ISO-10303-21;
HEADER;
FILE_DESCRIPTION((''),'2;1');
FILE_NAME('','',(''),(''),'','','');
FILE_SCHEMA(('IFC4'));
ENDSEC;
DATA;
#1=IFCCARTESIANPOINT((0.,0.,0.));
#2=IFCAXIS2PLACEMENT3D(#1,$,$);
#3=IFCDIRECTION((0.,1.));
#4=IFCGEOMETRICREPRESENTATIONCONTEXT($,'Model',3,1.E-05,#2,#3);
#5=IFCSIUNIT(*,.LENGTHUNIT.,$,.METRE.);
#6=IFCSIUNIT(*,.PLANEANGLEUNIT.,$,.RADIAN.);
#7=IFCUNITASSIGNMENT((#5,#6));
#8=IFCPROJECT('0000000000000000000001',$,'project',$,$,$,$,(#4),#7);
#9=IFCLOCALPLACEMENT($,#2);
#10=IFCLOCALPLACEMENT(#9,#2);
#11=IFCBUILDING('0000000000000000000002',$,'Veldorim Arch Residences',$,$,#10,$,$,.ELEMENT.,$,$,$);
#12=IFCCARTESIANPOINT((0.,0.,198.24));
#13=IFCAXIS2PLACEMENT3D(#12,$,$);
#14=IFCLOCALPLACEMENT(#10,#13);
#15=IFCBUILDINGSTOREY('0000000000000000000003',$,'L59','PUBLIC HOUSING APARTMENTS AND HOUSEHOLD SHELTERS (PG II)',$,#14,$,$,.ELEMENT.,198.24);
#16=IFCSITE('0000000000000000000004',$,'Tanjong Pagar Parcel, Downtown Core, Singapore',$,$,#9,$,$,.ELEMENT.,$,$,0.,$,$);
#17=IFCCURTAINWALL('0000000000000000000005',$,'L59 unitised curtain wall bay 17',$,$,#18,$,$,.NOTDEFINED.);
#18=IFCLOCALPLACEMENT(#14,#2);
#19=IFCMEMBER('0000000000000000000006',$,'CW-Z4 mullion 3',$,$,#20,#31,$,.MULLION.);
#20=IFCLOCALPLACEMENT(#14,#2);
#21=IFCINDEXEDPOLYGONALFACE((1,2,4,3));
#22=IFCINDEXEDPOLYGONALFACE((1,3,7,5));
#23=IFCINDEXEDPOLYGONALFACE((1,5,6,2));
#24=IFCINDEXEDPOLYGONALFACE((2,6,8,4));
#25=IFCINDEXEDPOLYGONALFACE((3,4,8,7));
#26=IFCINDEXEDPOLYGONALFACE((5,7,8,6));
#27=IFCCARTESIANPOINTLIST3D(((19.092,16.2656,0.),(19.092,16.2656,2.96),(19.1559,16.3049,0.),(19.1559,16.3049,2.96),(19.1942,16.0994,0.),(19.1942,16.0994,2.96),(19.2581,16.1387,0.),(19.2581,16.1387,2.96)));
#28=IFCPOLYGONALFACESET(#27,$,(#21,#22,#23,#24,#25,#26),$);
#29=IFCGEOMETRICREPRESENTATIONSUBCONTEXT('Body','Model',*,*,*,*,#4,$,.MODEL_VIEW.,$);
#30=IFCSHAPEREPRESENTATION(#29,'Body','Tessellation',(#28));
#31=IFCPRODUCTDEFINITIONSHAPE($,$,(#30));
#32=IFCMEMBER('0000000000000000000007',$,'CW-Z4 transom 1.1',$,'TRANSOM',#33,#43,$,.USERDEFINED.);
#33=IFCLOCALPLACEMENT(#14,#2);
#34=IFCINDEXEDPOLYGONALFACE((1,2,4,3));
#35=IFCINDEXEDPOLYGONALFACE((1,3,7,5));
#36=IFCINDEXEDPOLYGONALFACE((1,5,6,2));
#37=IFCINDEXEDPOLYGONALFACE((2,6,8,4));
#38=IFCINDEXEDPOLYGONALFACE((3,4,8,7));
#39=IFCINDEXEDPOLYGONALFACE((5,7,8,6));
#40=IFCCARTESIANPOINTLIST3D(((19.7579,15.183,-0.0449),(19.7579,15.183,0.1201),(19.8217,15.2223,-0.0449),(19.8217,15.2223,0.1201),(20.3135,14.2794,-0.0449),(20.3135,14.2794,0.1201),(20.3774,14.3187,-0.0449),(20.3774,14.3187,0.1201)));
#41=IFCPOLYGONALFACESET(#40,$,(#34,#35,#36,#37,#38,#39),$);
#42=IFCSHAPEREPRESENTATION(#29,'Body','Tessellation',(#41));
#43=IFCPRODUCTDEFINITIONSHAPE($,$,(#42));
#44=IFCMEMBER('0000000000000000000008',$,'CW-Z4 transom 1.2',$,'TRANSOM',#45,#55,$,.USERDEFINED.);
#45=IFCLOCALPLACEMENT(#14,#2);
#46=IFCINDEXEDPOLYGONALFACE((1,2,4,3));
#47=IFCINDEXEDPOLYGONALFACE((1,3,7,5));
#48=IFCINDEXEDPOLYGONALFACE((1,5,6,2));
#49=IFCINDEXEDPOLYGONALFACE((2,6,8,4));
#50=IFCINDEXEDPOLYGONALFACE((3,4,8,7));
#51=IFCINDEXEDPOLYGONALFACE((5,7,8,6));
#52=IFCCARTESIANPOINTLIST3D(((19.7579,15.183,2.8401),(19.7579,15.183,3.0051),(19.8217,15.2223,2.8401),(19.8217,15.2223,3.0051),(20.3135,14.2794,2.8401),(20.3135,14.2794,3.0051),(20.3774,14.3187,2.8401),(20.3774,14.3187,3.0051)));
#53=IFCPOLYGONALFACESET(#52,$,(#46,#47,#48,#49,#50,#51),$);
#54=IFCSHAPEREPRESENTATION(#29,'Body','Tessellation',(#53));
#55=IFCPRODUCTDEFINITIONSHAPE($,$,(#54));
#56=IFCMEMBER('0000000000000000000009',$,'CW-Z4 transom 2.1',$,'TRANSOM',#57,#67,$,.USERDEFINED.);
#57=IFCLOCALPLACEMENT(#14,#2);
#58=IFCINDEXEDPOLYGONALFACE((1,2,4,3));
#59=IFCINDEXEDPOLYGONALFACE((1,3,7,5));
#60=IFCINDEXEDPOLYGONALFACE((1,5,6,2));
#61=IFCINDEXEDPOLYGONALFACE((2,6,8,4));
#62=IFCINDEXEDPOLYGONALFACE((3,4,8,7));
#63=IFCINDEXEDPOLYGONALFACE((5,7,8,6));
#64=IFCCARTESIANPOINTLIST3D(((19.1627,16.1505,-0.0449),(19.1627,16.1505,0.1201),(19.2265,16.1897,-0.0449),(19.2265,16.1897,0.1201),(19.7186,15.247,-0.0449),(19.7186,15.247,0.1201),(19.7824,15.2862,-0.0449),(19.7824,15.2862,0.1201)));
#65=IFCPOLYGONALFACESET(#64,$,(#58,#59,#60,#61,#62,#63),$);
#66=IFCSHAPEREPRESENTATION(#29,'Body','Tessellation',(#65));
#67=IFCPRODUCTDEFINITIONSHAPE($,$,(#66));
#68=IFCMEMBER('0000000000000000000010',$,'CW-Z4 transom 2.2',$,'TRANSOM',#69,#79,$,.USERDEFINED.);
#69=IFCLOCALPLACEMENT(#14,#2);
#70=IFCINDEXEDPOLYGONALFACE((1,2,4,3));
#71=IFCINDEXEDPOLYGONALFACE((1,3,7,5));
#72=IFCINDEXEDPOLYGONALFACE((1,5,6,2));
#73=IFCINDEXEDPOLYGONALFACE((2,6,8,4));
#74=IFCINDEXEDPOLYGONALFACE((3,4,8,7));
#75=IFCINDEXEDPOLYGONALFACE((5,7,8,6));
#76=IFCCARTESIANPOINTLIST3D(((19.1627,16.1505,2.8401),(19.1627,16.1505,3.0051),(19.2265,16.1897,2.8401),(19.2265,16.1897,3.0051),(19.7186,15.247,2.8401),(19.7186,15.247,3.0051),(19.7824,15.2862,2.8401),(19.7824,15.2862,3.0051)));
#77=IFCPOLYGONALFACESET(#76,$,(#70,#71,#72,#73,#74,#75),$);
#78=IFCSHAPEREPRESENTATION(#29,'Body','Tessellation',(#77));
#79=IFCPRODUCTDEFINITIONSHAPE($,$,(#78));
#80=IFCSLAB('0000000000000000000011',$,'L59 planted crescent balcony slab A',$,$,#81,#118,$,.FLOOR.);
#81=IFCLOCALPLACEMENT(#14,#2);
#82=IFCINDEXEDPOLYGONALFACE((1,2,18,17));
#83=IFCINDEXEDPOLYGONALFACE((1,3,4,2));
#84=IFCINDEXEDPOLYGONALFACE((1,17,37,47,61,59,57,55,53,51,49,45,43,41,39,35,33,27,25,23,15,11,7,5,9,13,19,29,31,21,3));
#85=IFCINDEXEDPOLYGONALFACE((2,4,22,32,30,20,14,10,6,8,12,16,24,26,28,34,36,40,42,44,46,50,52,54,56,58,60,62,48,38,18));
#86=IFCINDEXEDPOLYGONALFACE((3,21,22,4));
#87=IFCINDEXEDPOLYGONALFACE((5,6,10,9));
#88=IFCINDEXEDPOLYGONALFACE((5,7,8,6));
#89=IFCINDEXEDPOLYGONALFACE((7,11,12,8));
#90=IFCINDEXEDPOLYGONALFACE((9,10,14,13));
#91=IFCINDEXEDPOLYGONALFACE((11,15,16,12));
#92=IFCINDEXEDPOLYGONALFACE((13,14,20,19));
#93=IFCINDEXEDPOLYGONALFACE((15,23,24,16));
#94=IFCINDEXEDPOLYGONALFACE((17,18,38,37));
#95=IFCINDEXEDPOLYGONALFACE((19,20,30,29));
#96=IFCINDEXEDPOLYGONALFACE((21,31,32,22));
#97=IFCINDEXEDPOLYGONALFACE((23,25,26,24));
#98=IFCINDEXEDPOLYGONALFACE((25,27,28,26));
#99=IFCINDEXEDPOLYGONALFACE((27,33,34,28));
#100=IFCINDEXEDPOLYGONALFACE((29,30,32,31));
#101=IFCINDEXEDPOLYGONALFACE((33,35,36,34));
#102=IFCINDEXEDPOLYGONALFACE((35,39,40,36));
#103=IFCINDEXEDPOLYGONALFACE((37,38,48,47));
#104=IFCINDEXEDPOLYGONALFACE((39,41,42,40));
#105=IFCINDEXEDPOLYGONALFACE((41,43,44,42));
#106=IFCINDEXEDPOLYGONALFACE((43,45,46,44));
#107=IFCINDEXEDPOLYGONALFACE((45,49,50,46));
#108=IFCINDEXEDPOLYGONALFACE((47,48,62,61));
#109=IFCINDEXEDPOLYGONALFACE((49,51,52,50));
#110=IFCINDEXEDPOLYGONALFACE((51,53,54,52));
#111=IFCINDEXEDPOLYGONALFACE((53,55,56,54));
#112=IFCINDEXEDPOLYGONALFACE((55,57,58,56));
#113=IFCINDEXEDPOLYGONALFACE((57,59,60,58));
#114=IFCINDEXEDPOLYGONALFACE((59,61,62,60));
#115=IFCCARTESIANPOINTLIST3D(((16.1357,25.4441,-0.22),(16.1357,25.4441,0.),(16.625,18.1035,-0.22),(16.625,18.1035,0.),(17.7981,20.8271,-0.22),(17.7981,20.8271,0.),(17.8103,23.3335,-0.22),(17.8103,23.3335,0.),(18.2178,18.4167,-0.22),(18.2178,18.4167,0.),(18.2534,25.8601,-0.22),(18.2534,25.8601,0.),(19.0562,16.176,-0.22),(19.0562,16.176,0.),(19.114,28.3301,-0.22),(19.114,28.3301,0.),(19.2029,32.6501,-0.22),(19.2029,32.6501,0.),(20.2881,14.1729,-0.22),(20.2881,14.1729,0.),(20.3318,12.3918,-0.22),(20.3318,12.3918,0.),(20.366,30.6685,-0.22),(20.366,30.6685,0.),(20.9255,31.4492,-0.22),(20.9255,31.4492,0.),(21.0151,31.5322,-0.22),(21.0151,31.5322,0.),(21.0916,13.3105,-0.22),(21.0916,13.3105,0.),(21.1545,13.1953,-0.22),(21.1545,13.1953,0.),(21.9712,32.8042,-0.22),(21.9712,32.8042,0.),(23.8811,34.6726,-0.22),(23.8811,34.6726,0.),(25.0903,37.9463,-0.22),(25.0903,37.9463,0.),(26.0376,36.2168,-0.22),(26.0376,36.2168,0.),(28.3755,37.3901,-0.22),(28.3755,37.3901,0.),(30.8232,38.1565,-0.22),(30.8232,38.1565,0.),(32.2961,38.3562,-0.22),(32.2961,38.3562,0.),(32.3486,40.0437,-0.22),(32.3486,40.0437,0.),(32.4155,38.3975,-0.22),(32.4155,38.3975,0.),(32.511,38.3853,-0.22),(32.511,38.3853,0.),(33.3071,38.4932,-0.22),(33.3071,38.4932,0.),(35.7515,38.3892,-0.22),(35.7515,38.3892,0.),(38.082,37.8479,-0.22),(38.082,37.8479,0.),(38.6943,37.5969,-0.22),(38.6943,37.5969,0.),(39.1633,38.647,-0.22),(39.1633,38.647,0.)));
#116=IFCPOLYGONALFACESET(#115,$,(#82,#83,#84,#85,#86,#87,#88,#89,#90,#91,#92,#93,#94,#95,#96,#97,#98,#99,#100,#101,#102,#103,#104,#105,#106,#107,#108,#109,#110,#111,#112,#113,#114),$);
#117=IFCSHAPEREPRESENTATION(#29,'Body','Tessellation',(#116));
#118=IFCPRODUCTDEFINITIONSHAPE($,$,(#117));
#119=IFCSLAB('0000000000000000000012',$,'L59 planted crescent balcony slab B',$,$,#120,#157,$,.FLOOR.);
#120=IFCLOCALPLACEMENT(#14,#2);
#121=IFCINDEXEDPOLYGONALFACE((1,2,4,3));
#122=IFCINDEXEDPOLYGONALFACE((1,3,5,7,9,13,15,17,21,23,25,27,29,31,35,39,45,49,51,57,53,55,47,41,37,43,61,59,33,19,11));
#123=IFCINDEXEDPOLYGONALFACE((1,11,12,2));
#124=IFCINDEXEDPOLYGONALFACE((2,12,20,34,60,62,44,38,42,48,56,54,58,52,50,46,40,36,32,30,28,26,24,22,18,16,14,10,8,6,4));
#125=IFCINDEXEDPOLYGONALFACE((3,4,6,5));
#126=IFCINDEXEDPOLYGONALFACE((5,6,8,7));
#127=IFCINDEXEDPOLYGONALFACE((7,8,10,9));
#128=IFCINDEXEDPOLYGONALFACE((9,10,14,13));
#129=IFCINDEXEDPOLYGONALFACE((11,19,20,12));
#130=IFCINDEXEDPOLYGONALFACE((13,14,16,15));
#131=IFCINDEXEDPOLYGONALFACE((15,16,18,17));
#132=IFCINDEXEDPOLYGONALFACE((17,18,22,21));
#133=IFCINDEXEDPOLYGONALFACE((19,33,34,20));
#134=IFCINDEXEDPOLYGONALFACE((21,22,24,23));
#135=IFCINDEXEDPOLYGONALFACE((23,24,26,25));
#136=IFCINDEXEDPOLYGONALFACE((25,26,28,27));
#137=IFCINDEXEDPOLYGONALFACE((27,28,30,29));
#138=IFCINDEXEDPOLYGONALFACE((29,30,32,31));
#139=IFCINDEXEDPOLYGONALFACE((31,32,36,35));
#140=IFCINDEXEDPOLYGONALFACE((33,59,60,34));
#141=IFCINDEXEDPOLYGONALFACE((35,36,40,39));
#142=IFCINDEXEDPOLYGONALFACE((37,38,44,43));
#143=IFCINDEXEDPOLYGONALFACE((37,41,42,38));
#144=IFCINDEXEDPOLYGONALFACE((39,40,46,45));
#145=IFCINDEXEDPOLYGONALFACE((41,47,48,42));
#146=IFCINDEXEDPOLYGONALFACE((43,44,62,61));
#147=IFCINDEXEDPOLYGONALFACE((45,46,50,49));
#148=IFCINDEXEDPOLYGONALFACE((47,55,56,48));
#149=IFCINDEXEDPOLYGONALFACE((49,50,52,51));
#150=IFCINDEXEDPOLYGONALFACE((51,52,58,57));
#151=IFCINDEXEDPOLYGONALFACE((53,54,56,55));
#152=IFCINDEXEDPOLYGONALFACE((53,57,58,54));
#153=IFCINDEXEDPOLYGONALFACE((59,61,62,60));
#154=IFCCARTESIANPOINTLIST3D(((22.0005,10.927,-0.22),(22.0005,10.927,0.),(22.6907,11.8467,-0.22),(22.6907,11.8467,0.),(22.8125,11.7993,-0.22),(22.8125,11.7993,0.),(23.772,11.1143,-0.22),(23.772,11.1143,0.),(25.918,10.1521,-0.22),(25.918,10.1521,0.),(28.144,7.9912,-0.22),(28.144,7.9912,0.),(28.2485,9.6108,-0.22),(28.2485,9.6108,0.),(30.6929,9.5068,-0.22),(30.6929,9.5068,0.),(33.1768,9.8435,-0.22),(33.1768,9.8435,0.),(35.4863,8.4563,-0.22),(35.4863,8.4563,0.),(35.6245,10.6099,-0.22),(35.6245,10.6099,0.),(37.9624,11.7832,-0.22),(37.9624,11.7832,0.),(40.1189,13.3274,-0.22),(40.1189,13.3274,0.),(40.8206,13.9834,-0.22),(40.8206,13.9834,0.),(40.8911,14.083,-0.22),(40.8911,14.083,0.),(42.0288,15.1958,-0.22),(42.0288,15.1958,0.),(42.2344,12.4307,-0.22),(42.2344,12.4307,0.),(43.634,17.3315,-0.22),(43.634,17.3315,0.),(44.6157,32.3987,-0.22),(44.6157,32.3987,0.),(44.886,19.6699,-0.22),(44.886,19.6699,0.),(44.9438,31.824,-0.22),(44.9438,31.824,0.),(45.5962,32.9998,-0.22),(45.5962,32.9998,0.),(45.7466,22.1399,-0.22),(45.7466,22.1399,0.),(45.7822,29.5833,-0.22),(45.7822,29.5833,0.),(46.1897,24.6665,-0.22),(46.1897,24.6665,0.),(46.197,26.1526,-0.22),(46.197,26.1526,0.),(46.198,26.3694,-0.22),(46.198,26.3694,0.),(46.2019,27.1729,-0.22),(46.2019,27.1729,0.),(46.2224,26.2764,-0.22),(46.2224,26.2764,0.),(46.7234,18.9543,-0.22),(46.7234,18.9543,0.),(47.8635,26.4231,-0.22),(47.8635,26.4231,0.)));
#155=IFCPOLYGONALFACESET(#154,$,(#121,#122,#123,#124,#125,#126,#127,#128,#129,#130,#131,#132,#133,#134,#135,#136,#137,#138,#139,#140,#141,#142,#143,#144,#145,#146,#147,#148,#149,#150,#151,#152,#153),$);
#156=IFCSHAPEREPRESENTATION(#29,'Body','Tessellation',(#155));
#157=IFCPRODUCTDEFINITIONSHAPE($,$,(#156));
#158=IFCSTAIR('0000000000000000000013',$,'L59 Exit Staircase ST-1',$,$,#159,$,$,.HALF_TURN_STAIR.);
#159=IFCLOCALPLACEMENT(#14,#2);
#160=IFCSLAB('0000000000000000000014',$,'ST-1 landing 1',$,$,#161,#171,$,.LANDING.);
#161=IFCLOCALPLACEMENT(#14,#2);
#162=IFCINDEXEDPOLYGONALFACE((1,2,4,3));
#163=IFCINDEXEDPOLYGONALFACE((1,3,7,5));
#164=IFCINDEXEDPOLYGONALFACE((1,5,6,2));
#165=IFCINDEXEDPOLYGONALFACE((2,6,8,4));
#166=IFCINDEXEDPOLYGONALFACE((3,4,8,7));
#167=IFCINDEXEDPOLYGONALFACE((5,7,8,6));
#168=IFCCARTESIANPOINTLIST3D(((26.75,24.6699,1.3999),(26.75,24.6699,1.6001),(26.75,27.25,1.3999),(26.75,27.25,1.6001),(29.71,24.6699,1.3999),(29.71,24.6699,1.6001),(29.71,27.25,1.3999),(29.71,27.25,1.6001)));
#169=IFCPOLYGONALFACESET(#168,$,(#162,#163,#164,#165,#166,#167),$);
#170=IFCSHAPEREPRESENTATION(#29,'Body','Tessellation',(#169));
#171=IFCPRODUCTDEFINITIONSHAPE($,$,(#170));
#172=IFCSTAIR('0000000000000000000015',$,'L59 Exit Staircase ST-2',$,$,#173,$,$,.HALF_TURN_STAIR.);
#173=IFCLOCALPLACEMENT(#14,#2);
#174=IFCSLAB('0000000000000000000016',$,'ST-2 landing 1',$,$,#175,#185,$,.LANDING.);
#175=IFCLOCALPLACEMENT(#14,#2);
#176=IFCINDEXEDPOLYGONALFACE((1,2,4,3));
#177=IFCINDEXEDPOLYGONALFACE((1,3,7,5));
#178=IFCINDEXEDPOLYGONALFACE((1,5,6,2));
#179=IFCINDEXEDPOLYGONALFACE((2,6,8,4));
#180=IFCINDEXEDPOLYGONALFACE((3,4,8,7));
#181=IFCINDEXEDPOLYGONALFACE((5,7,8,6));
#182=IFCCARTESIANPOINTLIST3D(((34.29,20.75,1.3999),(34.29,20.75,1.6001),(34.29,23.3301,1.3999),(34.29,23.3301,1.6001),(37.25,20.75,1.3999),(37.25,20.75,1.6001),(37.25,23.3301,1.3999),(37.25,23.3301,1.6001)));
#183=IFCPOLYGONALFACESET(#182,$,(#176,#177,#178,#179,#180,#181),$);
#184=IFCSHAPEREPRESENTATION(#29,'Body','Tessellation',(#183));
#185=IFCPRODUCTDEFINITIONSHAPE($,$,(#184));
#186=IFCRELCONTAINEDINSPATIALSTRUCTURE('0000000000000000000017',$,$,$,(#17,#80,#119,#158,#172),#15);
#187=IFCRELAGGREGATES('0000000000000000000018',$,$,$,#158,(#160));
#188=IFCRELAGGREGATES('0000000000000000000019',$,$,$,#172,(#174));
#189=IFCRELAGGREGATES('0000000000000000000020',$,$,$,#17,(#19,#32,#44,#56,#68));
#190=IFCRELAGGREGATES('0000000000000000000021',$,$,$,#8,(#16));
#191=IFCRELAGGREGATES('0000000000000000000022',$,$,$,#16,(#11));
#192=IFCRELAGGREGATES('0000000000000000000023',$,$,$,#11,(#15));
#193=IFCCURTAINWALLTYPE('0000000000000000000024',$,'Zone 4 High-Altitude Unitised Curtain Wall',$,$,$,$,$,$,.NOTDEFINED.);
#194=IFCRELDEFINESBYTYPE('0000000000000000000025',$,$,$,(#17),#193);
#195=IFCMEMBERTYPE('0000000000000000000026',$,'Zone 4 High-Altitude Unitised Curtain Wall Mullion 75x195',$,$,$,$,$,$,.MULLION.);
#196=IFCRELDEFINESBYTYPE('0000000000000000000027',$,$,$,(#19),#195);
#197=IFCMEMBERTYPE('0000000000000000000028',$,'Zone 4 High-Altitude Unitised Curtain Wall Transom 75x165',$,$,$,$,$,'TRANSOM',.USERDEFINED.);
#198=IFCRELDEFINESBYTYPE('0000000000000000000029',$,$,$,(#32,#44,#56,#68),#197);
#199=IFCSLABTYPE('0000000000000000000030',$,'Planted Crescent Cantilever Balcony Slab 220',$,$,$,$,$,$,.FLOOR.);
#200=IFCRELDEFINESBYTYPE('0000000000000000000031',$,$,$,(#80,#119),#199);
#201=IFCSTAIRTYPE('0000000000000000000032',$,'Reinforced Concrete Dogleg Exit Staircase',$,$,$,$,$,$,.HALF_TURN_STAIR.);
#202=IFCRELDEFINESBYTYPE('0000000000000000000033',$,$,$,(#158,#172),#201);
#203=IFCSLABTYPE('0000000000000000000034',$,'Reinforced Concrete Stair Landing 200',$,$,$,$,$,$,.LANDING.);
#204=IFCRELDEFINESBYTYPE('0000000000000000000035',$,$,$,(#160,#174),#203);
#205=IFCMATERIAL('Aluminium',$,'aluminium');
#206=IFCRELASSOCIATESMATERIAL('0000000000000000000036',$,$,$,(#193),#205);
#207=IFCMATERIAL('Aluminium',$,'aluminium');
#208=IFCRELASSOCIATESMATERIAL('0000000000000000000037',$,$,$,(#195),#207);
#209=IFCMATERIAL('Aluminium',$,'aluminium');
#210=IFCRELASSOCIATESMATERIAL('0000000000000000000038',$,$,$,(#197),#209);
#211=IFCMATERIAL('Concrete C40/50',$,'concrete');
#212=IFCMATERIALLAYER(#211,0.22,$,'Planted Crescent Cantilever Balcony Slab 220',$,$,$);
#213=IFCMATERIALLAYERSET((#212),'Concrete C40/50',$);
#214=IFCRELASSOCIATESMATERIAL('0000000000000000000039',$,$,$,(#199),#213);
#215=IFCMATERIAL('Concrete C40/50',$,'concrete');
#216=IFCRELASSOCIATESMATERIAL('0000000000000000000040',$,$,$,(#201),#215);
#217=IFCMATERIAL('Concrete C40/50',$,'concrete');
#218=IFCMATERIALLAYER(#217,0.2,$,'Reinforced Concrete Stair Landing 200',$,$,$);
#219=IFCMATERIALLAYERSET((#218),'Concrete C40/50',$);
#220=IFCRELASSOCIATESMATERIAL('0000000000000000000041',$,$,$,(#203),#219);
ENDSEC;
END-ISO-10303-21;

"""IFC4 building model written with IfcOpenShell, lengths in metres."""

from ifc_helpers import new_model, si_unit, direction, frame, origin, origin_2d, place, context, subcontext, project, spatial, polyline, rectangle, outline, extrude, material, layer, layer_set, material_profile, profile_set, type_object, element, aggregate, save


model = new_model("IFC4")

# Units and contexts
model_context = context("Model", 3, precision=1e-05, world=origin(), true_north=direction((0.0, 1.0)))
body_context = subcontext(model_context, "Body", "Model", "MODEL_VIEW")
ifc_project = project(units=[si_unit("LENGTHUNIT", "METRE"), si_unit("PLANEANGLEUNIT", "RADIAN")], contexts=[model_context])

# Site, building, storey
site_placement = place(None, origin())
site = spatial("IfcSite", under=ifc_project, at=site_placement, Name="Tanjong Pagar Parcel, Downtown Core, Singapore", CompositionType="ELEMENT", RefElevation=0.0)
building_placement = place(site_placement, origin())
building = spatial("IfcBuilding", under=site, at=building_placement, Name="Veldorim Arch Residences", CompositionType="ELEMENT")
storey_placement = place(building_placement, frame((0.0, 0.0, 198.24)))
storey = spatial("IfcBuildingStorey", under=building, at=storey_placement, Name="L59", Description="PUBLIC HOUSING APARTMENTS AND HOUSEHOLD SHELTERS (PG II)", CompositionType="ELEMENT", Elevation=198.24)

# Curtain wall, members
ifc_material_1 = material(Name="Aluminium", Category="aluminium")
curtain_wall_type = type_object("IfcCurtainWallType", Name="Zone 4 High-Altitude Unitised Curtain Wall", PredefinedType="NOTDEFINED", material=ifc_material_1)
curtain_wall_placement = place(storey_placement, origin())
curtain_wall = element("IfcCurtainWall", 1, at=curtain_wall_placement, inside=storey, type_object=curtain_wall_type, Name="L59 unitised curtain wall bay 17", PredefinedType="NOTDEFINED")
ifc_material_2 = material(Name="Aluminium", Category="aluminium")
ifc_material_profile_1 = material_profile(ifc_material_2, rectangle(XDim=0.075, YDim=0.1951, at=origin_2d()), Name="ALU_MUL_75x195")
ifc_profile_set_1 = profile_set([ifc_material_profile_1], Name="Aluminium")
member_type_1 = type_object("IfcMemberType", Name="Zone 4 High-Altitude Unitised Curtain Wall Mullion 75x195", PredefinedType="MULLION", material=ifc_profile_set_1)
member_1_placement = place(storey_placement, frame((19.175, 16.2021, 0.0), z_axis=(0.0, 0.0, 1.0), x_axis=(-0.851802, -0.523864, 0.0)))
member_1 = element("IfcMember", 2, at=member_1_placement, type_object=member_type_1, Name="CW-Z4 mullion 3", PredefinedType="MULLION", context=body_context, shape_type="SweptSolid", body=[
    extrude(rectangle(XDim=0.075, YDim=0.1951, at=origin_2d()), origin(), (0.0, 0.0, 1.0), 2.96),
])
ifc_material_3 = material(Name="Aluminium", Category="aluminium")
ifc_material_profile_2 = material_profile(ifc_material_3, rectangle(XDim=0.075, YDim=0.165, at=origin_2d()), Name="ALU_TRN_75x165")
ifc_profile_set_2 = profile_set([ifc_material_profile_2], Name="Aluminium")
member_type_2 = type_object("IfcMemberType", Name="Zone 4 High-Altitude Unitised Curtain Wall Transom 75x165", ElementType="TRANSOM", PredefinedType="USERDEFINED", material=ifc_profile_set_2)
member_2_placement = place(storey_placement, frame((20.3455, 14.2991, 0.0376), z_axis=(-0.523841, 0.851816, 0.0), x_axis=(-0.851816, -0.523841, 0.0)))
member_2 = element("IfcMember", 3, at=member_2_placement, type_object=member_type_2, Name="CW-Z4 transom 1.1", ObjectType="TRANSOM", PredefinedType="USERDEFINED", context=body_context, shape_type="SweptSolid", body=[
    extrude(rectangle(XDim=0.075, YDim=0.165, at=origin_2d()), origin(), (0.0, 0.0, 1.0), 1.0608),
])
member_3_placement = place(storey_placement, frame((20.3455, 14.2991, 2.9226), z_axis=(-0.523841, 0.851816, 0.0), x_axis=(-0.851816, -0.523841, 0.0)))
member_3 = element("IfcMember", 4, at=member_3_placement, type_object=member_type_2, Name="CW-Z4 transom 1.2", ObjectType="TRANSOM", PredefinedType="USERDEFINED", context=body_context, shape_type="SweptSolid", body=[
    extrude(rectangle(XDim=0.075, YDim=0.165, at=origin_2d()), origin(), (0.0, 0.0, 1.0), 1.0608),
])
member_4_placement = place(storey_placement, frame((19.7505, 15.2666, 0.0376), z_axis=(-0.524008, 0.851714, 0.0), x_axis=(-0.851714, -0.524008, 0.0)))
member_4 = element("IfcMember", 5, at=member_4_placement, type_object=member_type_2, Name="CW-Z4 transom 2.1", ObjectType="TRANSOM", PredefinedType="USERDEFINED", context=body_context, shape_type="SweptSolid", body=[
    extrude(rectangle(XDim=0.075, YDim=0.165, at=origin_2d()), origin(), (0.0, 0.0, 1.0), 1.0608),
])
member_5_placement = place(storey_placement, frame((19.7505, 15.2666, 2.9226), z_axis=(-0.524008, 0.851714, 0.0), x_axis=(-0.851714, -0.524008, 0.0)))
member_5 = element("IfcMember", 6, at=member_5_placement, type_object=member_type_2, Name="CW-Z4 transom 2.2", ObjectType="TRANSOM", PredefinedType="USERDEFINED", context=body_context, shape_type="SweptSolid", body=[
    extrude(rectangle(XDim=0.075, YDim=0.165, at=origin_2d()), origin(), (0.0, 0.0, 1.0), 1.0608),
])

# Slabs
ifc_material_4 = material(Name="Concrete C40/50", Category="concrete")
ifc_layer_1 = layer(ifc_material_4, 0.22, Name="Planted Crescent Cantilever Balcony Slab 220")
ifc_layer_set_1 = layer_set([ifc_layer_1], Name="Concrete C40/50")
slab_type_1 = type_object("IfcSlabType", Name="Planted Crescent Cantilever Balcony Slab 220", PredefinedType="FLOOR", material=ifc_layer_set_1)
slab_1_placement = place(storey_placement, frame((0.0, 0.0, -0.22)))
element("IfcSlab", 7, at=slab_1_placement, inside=storey, type_object=slab_type_1, Name="L59 planted crescent balcony slab A", PredefinedType="FLOOR", context=body_context, shape_type="SweptSolid", body=[
    extrude(outline(polyline([(38.6943, 37.5969), (38.082, 37.8479), (35.7515, 38.3892), (33.3071, 38.4932), (32.511, 38.3853), (32.4155, 38.3975), (32.2961, 38.3562), (30.8232, 38.1565), (28.3755, 37.3901), (26.0376, 36.2168), (23.8811, 34.6726), (21.9712, 32.8042), (21.0151, 31.5322), (20.9255, 31.4492), (20.366, 30.6685), (19.114, 28.3301), (18.2534, 25.8601), (17.8103, 23.3335), (17.7981, 20.8271), (18.2178, 18.4167), (19.0562, 16.176), (20.2881, 14.1729), (21.0916, 13.3105), (21.1545, 13.1953), (20.3318, 12.3918), (16.625, 18.1035), (16.1357, 25.4441), (19.2029, 32.6501), (25.0903, 37.9463), (32.3486, 40.0437), (39.1633, 38.647), (38.6943, 37.5969)])), origin(), (0.0, 0.0, 1.0), 0.22),
])
slab_2_placement = place(storey_placement, frame((0.0, 0.0, -0.22)))
element("IfcSlab", 8, at=slab_2_placement, inside=storey, type_object=slab_type_1, Name="L59 planted crescent balcony slab B", PredefinedType="FLOOR", context=body_context, shape_type="SweptSolid", body=[
    extrude(outline(polyline([(22.8125, 11.7993), (23.772, 11.1143), (25.918, 10.1521), (28.2485, 9.6108), (30.6929, 9.5068), (33.1768, 9.8435), (35.6245, 10.6099), (37.9624, 11.7832), (40.1189, 13.3274), (40.8206, 13.9834), (40.8911, 14.083), (42.0288, 15.1958), (43.634, 17.3315), (44.886, 19.6699), (45.7466, 22.1399), (46.1897, 24.6665), (46.197, 26.1526), (46.2224, 26.2764), (46.198, 26.3694), (46.2019, 27.1729), (45.7822, 29.5833), (44.9438, 31.824), (44.6157, 32.3987), (45.5962, 32.9998), (47.8635, 26.4231), (46.7234, 18.9543), (42.2344, 12.4307), (35.4863, 8.4563), (28.144, 7.9912), (22.0005, 10.927), (22.6907, 11.8467), (22.8125, 11.7993)])), origin(), (0.0, 0.0, 1.0), 0.22),
])

# Stairs, slabs
ifc_material_5 = material(Name="Concrete C40/50", Category="concrete")
stair_type = type_object("IfcStairType", Name="Reinforced Concrete Dogleg Exit Staircase", PredefinedType="HALF_TURN_STAIR", material=ifc_material_5)
stair_1_placement = place(storey_placement, origin())
stair_1 = element("IfcStair", 9, at=stair_1_placement, inside=storey, type_object=stair_type, Name="L59 Exit Staircase ST-1", PredefinedType="HALF_TURN_STAIR")
ifc_material_6 = material(Name="Concrete C40/50", Category="concrete")
ifc_layer_2 = layer(ifc_material_6, 0.2, Name="Reinforced Concrete Stair Landing 200")
ifc_layer_set_2 = layer_set([ifc_layer_2], Name="Concrete C40/50")
slab_type_2 = type_object("IfcSlabType", Name="Reinforced Concrete Stair Landing 200", PredefinedType="LANDING", material=ifc_layer_set_2)
slab_3_placement = place(storey_placement, frame((0.0, 0.0, 1.3999)))
slab_3 = element("IfcSlab", 10, at=slab_3_placement, type_object=slab_type_2, Name="ST-1 landing 1", PredefinedType="LANDING", context=body_context, shape_type="SweptSolid", body=[
    extrude(outline(polyline([(29.71, 24.6699), (29.71, 27.25), (26.75, 27.25), (26.75, 24.6699), (29.71, 24.6699)])), origin(), (0.0, 0.0, 1.0), 0.2002),
])
aggregate(stair_1, [slab_3])
stair_2_placement = place(storey_placement, origin())
stair_2 = element("IfcStair", 11, at=stair_2_placement, inside=storey, type_object=stair_type, Name="L59 Exit Staircase ST-2", PredefinedType="HALF_TURN_STAIR")
slab_4_placement = place(storey_placement, frame((0.0, 0.0, 1.3999)))
slab_4 = element("IfcSlab", 12, at=slab_4_placement, type_object=slab_type_2, Name="ST-2 landing 1", PredefinedType="LANDING", context=body_context, shape_type="SweptSolid", body=[
    extrude(outline(polyline([(34.29, 23.3301), (34.29, 20.75), (37.25, 20.75), (37.25, 23.3301), (34.29, 23.3301)])), origin(), (0.0, 0.0, 1.0), 0.2002),
])
aggregate(stair_2, [slab_4])

aggregate(curtain_wall, [member_1, member_2, member_3, member_4, member_5])

save(model, "model.ifc")
